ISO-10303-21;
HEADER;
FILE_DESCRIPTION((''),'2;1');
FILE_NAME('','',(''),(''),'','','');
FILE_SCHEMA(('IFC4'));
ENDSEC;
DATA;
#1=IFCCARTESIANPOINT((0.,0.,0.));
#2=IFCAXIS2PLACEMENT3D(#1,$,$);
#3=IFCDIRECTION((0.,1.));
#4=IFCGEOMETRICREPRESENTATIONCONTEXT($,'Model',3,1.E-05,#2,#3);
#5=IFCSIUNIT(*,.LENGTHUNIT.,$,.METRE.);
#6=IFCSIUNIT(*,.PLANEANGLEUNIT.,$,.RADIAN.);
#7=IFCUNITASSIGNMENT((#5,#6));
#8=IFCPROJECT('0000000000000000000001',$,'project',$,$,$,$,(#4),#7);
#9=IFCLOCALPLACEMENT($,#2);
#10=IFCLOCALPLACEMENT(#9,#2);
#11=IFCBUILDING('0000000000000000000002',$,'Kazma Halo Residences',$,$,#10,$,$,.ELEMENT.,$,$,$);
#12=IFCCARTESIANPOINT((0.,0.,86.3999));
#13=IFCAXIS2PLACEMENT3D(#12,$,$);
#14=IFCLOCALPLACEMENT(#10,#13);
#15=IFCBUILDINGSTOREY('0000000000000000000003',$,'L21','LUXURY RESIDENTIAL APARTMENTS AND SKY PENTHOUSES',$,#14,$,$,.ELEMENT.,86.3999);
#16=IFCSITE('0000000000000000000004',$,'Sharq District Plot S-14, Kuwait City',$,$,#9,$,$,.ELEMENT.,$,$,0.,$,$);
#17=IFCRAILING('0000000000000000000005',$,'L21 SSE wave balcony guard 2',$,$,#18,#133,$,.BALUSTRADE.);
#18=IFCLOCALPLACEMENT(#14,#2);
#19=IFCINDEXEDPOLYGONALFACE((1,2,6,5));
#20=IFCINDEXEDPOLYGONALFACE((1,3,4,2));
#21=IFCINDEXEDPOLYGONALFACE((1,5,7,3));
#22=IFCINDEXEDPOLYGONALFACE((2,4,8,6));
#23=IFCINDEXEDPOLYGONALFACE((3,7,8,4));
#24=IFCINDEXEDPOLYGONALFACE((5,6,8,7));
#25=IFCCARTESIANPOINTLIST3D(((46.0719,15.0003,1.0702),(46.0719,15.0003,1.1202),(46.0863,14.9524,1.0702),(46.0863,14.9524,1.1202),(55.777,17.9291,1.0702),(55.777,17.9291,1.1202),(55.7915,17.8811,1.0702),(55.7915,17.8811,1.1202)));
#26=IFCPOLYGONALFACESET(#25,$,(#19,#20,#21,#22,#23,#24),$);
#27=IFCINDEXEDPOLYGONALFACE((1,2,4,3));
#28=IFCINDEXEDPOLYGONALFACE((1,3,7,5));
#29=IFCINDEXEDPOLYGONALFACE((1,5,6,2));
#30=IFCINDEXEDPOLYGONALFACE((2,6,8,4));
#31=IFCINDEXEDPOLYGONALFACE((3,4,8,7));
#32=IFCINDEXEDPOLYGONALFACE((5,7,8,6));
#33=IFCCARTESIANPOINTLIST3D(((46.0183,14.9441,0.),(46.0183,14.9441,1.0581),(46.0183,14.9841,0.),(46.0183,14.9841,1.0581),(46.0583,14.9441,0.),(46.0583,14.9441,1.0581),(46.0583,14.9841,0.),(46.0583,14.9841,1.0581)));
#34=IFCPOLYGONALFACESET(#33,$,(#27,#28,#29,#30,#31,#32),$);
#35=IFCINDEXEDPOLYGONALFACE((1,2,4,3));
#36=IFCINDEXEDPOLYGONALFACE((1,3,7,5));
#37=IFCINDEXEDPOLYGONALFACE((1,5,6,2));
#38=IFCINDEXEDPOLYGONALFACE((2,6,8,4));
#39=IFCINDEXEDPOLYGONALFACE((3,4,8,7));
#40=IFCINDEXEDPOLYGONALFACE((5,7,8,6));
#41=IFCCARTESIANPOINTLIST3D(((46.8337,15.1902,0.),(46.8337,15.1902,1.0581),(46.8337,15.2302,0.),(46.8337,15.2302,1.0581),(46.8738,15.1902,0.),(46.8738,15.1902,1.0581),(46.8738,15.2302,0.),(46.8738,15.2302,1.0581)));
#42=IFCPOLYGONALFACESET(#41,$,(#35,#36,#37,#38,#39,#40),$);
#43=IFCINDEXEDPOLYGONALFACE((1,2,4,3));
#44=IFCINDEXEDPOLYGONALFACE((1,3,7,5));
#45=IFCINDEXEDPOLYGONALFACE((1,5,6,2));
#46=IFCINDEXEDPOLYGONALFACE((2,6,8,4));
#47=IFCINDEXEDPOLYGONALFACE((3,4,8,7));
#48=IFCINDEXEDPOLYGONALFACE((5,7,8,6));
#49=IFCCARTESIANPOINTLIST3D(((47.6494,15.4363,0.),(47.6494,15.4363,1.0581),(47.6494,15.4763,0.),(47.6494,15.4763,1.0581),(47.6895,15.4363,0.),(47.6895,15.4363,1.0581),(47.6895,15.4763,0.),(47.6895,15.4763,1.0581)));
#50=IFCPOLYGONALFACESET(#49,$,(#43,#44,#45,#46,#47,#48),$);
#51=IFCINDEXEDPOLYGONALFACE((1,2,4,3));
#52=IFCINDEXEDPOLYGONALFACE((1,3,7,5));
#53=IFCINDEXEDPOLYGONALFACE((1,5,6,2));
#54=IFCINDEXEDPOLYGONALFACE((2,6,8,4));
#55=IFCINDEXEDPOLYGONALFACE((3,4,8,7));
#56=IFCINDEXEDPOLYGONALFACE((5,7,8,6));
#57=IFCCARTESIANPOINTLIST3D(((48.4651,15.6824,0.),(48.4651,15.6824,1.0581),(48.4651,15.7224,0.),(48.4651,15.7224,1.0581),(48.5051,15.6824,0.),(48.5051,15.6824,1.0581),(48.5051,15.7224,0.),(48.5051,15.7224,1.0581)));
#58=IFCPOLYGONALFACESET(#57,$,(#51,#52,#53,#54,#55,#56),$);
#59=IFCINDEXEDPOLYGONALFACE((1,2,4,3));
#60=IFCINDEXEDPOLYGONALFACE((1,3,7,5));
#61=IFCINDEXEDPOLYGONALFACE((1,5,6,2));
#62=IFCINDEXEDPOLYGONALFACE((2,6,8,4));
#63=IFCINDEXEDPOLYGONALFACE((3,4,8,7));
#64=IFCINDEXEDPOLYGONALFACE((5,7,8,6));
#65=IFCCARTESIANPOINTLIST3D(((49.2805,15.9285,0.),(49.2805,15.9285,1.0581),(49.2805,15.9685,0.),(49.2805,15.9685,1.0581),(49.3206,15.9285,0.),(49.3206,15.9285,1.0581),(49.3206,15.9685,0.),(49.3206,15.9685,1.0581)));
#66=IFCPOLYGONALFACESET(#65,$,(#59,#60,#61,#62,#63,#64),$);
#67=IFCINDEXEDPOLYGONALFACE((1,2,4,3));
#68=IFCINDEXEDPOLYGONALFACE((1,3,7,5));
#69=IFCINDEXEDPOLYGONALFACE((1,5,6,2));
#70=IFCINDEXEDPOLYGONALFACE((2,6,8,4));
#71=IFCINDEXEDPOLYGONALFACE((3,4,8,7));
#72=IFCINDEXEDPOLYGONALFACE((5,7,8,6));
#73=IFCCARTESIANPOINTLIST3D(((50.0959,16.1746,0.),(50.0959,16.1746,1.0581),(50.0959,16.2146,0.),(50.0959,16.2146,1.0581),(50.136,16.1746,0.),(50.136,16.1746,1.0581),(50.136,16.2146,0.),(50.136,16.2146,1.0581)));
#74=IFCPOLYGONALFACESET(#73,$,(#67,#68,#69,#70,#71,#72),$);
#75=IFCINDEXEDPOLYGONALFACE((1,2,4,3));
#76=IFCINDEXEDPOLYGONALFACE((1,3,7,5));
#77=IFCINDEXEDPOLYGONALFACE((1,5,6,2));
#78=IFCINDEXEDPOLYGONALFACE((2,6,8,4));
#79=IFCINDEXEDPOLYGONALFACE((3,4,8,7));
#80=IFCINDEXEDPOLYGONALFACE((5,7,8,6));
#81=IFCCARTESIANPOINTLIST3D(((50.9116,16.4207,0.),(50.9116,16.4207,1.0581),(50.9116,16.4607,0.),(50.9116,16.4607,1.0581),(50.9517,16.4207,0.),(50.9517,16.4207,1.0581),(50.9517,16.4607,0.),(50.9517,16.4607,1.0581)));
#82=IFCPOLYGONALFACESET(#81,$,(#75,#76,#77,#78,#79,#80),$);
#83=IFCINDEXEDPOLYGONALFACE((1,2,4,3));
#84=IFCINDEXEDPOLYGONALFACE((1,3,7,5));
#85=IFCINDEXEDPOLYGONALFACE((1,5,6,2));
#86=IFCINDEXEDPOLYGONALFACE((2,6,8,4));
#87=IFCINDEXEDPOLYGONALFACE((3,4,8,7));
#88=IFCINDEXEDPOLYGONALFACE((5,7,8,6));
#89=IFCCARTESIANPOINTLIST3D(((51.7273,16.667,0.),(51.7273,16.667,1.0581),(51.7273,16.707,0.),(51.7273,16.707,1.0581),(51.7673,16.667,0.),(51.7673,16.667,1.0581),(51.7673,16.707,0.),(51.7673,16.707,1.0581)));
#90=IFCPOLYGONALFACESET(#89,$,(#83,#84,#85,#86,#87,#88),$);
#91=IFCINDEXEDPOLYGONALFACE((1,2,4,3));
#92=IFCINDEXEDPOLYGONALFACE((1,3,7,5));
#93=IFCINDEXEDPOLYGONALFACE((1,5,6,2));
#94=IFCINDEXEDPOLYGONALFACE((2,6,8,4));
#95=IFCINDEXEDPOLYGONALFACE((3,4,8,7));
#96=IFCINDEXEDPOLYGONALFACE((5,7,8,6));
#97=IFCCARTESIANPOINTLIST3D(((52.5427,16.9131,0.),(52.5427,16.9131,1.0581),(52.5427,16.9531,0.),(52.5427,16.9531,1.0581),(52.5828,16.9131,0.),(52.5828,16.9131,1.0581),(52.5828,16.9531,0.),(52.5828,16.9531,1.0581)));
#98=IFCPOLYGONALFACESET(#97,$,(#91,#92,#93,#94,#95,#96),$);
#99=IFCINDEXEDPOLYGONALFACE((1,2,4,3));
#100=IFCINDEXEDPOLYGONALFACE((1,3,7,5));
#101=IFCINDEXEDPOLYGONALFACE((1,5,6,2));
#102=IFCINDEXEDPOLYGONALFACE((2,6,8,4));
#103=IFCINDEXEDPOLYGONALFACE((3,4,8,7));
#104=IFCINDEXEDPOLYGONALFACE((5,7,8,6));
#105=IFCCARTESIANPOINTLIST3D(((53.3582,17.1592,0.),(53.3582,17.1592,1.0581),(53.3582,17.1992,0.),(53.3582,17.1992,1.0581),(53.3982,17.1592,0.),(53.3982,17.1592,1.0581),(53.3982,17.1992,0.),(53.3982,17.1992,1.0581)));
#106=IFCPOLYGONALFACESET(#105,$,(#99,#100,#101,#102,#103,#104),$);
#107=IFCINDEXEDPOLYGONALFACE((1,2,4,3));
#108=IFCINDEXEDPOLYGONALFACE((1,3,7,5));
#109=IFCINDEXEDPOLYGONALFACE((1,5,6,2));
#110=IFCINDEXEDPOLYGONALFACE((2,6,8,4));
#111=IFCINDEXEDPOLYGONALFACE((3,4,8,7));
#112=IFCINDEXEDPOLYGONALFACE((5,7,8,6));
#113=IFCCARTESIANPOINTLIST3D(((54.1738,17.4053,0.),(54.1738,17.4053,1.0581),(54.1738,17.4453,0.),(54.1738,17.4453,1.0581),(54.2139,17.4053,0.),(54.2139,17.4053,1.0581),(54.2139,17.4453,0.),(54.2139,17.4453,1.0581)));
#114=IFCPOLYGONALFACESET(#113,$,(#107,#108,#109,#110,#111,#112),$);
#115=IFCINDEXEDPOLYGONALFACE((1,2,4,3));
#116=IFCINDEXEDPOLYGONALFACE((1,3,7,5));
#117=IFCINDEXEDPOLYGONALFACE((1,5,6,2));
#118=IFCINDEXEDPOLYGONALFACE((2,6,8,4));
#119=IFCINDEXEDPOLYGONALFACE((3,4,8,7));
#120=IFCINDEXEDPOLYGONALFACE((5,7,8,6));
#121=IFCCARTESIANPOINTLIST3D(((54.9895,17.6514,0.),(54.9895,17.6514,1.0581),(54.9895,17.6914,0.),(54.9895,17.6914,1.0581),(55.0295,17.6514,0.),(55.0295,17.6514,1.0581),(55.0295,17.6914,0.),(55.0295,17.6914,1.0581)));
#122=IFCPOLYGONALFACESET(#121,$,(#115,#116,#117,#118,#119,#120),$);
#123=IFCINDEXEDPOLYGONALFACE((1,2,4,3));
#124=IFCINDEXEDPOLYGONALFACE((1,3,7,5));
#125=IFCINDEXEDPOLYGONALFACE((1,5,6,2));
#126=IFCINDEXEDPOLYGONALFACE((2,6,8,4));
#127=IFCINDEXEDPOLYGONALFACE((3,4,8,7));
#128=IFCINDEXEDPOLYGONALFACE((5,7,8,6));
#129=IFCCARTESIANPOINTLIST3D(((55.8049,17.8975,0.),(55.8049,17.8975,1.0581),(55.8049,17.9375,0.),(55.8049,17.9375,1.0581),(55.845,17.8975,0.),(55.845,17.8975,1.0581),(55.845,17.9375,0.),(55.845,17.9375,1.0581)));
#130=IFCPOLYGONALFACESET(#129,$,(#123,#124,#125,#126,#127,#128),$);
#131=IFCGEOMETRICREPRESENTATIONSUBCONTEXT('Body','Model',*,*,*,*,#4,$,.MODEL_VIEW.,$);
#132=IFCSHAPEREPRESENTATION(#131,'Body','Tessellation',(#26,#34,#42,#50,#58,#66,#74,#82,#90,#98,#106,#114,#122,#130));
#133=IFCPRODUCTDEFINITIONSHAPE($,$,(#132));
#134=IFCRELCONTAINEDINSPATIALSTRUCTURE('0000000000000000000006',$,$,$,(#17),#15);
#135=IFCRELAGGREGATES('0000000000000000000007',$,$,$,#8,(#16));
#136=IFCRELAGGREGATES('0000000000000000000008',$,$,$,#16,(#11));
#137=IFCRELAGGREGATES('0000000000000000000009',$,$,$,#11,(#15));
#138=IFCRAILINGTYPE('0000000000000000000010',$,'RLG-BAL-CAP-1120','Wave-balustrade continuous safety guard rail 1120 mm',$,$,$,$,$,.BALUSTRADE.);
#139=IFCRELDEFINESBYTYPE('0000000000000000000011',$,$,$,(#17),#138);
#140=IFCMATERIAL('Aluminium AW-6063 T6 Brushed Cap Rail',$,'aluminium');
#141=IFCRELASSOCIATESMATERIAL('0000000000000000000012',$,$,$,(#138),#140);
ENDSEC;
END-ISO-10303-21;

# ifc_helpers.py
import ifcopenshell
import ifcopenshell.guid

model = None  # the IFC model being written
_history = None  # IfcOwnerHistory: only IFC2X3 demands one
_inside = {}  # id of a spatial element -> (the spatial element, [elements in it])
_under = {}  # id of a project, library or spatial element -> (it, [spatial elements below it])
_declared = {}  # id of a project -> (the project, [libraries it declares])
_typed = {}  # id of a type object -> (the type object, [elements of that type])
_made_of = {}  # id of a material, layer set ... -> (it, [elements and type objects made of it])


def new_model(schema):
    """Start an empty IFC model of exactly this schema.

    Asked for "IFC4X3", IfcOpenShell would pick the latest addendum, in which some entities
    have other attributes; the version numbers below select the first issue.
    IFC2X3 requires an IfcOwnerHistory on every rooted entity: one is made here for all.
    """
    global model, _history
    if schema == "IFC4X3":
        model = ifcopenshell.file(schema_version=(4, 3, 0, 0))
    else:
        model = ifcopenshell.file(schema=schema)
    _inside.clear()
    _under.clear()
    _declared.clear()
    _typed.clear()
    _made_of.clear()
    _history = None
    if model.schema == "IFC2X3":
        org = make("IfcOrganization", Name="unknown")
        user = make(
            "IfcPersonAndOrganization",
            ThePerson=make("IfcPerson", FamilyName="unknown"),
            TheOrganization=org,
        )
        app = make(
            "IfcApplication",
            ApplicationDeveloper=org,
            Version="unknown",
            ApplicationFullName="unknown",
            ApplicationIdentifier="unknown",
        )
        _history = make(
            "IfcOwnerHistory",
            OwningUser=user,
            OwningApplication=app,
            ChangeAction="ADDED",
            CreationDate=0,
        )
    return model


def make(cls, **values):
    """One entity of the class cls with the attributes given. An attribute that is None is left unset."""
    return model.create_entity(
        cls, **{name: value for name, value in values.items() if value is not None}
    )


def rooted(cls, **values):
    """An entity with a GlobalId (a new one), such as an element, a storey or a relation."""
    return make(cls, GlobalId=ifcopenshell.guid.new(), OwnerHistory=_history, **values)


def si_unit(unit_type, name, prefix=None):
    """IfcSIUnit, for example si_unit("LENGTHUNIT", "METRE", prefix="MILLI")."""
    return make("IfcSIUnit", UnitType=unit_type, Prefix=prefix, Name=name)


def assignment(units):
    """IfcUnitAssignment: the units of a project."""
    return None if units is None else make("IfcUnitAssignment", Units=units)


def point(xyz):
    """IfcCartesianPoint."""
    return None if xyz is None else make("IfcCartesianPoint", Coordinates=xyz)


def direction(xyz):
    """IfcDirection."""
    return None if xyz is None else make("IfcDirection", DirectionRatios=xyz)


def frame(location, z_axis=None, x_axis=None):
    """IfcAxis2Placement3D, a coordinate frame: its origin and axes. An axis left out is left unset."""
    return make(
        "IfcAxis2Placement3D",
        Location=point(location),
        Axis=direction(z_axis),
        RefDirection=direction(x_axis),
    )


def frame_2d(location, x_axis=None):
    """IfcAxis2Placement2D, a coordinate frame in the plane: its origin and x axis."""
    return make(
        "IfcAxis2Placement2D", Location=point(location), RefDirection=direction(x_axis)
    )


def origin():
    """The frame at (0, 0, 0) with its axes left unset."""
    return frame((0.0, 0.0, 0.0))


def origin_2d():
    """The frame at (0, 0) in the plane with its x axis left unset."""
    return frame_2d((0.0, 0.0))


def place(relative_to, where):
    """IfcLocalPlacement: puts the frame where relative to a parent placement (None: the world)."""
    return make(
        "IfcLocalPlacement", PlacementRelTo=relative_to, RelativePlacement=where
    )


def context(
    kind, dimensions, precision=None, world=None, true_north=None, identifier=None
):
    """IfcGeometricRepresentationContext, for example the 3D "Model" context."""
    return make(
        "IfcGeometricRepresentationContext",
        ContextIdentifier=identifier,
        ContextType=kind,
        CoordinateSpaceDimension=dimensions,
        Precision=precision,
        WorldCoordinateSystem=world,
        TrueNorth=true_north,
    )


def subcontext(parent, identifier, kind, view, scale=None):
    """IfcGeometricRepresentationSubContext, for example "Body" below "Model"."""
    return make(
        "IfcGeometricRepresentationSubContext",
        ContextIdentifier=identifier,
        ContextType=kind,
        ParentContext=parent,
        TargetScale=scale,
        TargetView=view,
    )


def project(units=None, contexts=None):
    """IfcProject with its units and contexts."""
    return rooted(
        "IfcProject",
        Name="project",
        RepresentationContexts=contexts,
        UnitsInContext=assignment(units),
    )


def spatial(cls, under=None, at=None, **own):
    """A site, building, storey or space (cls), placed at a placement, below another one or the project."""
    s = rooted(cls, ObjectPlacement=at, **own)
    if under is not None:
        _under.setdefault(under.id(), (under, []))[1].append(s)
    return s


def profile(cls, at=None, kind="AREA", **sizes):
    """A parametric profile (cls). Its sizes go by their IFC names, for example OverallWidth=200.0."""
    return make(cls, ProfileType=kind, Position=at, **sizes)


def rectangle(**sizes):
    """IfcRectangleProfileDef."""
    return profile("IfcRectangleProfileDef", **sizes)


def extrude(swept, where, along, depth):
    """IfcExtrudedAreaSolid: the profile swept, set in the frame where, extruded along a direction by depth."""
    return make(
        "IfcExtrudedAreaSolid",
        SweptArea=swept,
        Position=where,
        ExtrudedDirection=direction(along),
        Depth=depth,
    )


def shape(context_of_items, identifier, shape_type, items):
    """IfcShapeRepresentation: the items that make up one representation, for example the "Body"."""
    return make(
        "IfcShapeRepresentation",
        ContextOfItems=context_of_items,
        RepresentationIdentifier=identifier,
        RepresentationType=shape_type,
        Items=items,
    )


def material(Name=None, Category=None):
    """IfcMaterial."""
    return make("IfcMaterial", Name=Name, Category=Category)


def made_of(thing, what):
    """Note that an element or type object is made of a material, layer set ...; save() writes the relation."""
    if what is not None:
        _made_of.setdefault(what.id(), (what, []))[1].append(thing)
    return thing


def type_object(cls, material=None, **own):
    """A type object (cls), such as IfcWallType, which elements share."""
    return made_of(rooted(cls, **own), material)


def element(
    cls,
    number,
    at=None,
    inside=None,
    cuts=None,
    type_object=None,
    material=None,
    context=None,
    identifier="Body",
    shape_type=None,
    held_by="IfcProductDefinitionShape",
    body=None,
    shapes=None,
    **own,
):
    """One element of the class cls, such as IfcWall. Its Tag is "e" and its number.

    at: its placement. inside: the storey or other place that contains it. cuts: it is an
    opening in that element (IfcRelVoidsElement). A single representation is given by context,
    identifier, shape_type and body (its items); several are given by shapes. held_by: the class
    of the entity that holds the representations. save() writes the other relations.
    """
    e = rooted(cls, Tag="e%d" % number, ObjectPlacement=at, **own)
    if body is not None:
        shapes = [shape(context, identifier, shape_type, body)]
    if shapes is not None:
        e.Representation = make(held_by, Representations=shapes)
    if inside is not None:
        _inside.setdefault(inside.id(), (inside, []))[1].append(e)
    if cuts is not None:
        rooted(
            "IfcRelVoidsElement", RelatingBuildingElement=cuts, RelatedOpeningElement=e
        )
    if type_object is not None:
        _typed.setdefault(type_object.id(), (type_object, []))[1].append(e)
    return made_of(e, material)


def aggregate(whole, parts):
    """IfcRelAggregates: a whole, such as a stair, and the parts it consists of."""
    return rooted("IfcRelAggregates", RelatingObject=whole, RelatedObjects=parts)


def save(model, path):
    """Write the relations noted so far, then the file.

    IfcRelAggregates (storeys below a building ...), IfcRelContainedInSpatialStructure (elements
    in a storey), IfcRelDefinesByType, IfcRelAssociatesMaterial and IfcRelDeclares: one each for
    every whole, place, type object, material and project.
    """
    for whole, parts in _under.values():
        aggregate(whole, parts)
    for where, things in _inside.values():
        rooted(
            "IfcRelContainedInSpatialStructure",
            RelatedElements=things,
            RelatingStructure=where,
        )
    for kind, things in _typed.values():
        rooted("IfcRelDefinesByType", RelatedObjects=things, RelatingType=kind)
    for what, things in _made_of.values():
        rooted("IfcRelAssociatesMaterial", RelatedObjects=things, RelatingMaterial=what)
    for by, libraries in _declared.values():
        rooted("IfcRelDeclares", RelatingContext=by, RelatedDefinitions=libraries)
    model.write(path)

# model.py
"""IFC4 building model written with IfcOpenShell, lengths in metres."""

from ifc_helpers import new_model, si_unit, direction, frame, origin, origin_2d, place, context, subcontext, project, spatial, rectangle, extrude, material, type_object, element, save


model = new_model("IFC4")

# Units and contexts
model_context = context("Model", 3, precision=1e-05, world=origin(), true_north=direction((0.0, 1.0)))
body_context = subcontext(model_context, "Body", "Model", "MODEL_VIEW")
ifc_project = project(units=[si_unit("LENGTHUNIT", "METRE"), si_unit("PLANEANGLEUNIT", "RADIAN")], contexts=[model_context])

# Site, building, storey
site_placement = place(None, origin())
site = spatial("IfcSite", under=ifc_project, at=site_placement, Name="Sharq District Plot S-14, Kuwait City", CompositionType="ELEMENT", RefElevation=0.0)
building_placement = place(site_placement, origin())
building = spatial("IfcBuilding", under=site, at=building_placement, Name="Kazma Halo Residences", CompositionType="ELEMENT")
storey_placement = place(building_placement, frame((0.0, 0.0, 86.3999)))
storey = spatial("IfcBuildingStorey", under=building, at=storey_placement, Name="L21", Description="LUXURY RESIDENTIAL APARTMENTS AND SKY PENTHOUSES", CompositionType="ELEMENT", Elevation=86.3999)

# Railing
ifc_material_1 = material(Name="Aluminium AW-6063 T6 Brushed Cap Rail", Category="aluminium")
railing_type = type_object("IfcRailingType", Name="RLG-BAL-CAP-1120", Description="Wave-balustrade continuous safety guard rail 1120 mm", PredefinedType="BALUSTRADE", material=ifc_material_1)
railing_1_placement = place(storey_placement, frame((46.0383, 14.9641, 0.0)))
element("IfcRailing", 1, at=railing_1_placement, inside=storey, type_object=railing_type, Name="L21 SSE wave balcony guard 2", PredefinedType="BALUSTRADE", context=body_context, shape_type="SweptSolid", body=[
    extrude(rectangle(XDim=0.05, YDim=0.05, at=origin_2d()), frame((0.0408, 0.0122, 1.0952), z_axis=(0.957357, 0.288908, 0.0), x_axis=(-0.288908, 0.957357, 0.0)), (0.0, 0.0, 1.0), 10.1375),
    extrude(rectangle(XDim=0.04, YDim=0.04, at=origin_2d()), origin(), (0.0, 0.0, 1.0), 1.0581),
    extrude(rectangle(XDim=0.04, YDim=0.04, at=origin_2d()), frame((0.8154, 0.2461, 0.0)), (0.0, 0.0, 1.0), 1.0581),
    extrude(rectangle(XDim=0.04, YDim=0.04, at=origin_2d()), frame((1.6311, 0.4922, 0.0)), (0.0, 0.0, 1.0), 1.0581),
    extrude(rectangle(XDim=0.04, YDim=0.04, at=origin_2d()), frame((2.4468, 0.7383, 0.0)), (0.0, 0.0, 1.0), 1.0581),
    extrude(rectangle(XDim=0.04, YDim=0.04, at=origin_2d()), frame((3.2622, 0.9844, 0.0)), (0.0, 0.0, 1.0), 1.0581),
    extrude(rectangle(XDim=0.04, YDim=0.04, at=origin_2d()), frame((4.0776, 1.2305, 0.0)), (0.0, 0.0, 1.0), 1.0581),
    extrude(rectangle(XDim=0.04, YDim=0.04, at=origin_2d()), frame((4.8933, 1.4766, 0.0)), (0.0, 0.0, 1.0), 1.0581),
    extrude(rectangle(XDim=0.04, YDim=0.04, at=origin_2d()), frame((5.709, 1.7229, 0.0)), (0.0, 0.0, 1.0), 1.0581),
    extrude(rectangle(XDim=0.04, YDim=0.04, at=origin_2d()), frame((6.5244, 1.969, 0.0)), (0.0, 0.0, 1.0), 1.0581),
    extrude(rectangle(XDim=0.04, YDim=0.04, at=origin_2d()), frame((7.3398, 2.2151, 0.0)), (0.0, 0.0, 1.0), 1.0581),
    extrude(rectangle(XDim=0.04, YDim=0.04, at=origin_2d()), frame((8.1555, 2.4612, 0.0)), (0.0, 0.0, 1.0), 1.0581),
    extrude(rectangle(XDim=0.04, YDim=0.04, at=origin_2d()), frame((8.9712, 2.7073, 0.0)), (0.0, 0.0, 1.0), 1.0581),
    extrude(rectangle(XDim=0.04, YDim=0.04, at=origin_2d()), frame((9.7866, 2.9534, 0.0)), (0.0, 0.0, 1.0), 1.0581),
])

save(model, "model.ifc")
